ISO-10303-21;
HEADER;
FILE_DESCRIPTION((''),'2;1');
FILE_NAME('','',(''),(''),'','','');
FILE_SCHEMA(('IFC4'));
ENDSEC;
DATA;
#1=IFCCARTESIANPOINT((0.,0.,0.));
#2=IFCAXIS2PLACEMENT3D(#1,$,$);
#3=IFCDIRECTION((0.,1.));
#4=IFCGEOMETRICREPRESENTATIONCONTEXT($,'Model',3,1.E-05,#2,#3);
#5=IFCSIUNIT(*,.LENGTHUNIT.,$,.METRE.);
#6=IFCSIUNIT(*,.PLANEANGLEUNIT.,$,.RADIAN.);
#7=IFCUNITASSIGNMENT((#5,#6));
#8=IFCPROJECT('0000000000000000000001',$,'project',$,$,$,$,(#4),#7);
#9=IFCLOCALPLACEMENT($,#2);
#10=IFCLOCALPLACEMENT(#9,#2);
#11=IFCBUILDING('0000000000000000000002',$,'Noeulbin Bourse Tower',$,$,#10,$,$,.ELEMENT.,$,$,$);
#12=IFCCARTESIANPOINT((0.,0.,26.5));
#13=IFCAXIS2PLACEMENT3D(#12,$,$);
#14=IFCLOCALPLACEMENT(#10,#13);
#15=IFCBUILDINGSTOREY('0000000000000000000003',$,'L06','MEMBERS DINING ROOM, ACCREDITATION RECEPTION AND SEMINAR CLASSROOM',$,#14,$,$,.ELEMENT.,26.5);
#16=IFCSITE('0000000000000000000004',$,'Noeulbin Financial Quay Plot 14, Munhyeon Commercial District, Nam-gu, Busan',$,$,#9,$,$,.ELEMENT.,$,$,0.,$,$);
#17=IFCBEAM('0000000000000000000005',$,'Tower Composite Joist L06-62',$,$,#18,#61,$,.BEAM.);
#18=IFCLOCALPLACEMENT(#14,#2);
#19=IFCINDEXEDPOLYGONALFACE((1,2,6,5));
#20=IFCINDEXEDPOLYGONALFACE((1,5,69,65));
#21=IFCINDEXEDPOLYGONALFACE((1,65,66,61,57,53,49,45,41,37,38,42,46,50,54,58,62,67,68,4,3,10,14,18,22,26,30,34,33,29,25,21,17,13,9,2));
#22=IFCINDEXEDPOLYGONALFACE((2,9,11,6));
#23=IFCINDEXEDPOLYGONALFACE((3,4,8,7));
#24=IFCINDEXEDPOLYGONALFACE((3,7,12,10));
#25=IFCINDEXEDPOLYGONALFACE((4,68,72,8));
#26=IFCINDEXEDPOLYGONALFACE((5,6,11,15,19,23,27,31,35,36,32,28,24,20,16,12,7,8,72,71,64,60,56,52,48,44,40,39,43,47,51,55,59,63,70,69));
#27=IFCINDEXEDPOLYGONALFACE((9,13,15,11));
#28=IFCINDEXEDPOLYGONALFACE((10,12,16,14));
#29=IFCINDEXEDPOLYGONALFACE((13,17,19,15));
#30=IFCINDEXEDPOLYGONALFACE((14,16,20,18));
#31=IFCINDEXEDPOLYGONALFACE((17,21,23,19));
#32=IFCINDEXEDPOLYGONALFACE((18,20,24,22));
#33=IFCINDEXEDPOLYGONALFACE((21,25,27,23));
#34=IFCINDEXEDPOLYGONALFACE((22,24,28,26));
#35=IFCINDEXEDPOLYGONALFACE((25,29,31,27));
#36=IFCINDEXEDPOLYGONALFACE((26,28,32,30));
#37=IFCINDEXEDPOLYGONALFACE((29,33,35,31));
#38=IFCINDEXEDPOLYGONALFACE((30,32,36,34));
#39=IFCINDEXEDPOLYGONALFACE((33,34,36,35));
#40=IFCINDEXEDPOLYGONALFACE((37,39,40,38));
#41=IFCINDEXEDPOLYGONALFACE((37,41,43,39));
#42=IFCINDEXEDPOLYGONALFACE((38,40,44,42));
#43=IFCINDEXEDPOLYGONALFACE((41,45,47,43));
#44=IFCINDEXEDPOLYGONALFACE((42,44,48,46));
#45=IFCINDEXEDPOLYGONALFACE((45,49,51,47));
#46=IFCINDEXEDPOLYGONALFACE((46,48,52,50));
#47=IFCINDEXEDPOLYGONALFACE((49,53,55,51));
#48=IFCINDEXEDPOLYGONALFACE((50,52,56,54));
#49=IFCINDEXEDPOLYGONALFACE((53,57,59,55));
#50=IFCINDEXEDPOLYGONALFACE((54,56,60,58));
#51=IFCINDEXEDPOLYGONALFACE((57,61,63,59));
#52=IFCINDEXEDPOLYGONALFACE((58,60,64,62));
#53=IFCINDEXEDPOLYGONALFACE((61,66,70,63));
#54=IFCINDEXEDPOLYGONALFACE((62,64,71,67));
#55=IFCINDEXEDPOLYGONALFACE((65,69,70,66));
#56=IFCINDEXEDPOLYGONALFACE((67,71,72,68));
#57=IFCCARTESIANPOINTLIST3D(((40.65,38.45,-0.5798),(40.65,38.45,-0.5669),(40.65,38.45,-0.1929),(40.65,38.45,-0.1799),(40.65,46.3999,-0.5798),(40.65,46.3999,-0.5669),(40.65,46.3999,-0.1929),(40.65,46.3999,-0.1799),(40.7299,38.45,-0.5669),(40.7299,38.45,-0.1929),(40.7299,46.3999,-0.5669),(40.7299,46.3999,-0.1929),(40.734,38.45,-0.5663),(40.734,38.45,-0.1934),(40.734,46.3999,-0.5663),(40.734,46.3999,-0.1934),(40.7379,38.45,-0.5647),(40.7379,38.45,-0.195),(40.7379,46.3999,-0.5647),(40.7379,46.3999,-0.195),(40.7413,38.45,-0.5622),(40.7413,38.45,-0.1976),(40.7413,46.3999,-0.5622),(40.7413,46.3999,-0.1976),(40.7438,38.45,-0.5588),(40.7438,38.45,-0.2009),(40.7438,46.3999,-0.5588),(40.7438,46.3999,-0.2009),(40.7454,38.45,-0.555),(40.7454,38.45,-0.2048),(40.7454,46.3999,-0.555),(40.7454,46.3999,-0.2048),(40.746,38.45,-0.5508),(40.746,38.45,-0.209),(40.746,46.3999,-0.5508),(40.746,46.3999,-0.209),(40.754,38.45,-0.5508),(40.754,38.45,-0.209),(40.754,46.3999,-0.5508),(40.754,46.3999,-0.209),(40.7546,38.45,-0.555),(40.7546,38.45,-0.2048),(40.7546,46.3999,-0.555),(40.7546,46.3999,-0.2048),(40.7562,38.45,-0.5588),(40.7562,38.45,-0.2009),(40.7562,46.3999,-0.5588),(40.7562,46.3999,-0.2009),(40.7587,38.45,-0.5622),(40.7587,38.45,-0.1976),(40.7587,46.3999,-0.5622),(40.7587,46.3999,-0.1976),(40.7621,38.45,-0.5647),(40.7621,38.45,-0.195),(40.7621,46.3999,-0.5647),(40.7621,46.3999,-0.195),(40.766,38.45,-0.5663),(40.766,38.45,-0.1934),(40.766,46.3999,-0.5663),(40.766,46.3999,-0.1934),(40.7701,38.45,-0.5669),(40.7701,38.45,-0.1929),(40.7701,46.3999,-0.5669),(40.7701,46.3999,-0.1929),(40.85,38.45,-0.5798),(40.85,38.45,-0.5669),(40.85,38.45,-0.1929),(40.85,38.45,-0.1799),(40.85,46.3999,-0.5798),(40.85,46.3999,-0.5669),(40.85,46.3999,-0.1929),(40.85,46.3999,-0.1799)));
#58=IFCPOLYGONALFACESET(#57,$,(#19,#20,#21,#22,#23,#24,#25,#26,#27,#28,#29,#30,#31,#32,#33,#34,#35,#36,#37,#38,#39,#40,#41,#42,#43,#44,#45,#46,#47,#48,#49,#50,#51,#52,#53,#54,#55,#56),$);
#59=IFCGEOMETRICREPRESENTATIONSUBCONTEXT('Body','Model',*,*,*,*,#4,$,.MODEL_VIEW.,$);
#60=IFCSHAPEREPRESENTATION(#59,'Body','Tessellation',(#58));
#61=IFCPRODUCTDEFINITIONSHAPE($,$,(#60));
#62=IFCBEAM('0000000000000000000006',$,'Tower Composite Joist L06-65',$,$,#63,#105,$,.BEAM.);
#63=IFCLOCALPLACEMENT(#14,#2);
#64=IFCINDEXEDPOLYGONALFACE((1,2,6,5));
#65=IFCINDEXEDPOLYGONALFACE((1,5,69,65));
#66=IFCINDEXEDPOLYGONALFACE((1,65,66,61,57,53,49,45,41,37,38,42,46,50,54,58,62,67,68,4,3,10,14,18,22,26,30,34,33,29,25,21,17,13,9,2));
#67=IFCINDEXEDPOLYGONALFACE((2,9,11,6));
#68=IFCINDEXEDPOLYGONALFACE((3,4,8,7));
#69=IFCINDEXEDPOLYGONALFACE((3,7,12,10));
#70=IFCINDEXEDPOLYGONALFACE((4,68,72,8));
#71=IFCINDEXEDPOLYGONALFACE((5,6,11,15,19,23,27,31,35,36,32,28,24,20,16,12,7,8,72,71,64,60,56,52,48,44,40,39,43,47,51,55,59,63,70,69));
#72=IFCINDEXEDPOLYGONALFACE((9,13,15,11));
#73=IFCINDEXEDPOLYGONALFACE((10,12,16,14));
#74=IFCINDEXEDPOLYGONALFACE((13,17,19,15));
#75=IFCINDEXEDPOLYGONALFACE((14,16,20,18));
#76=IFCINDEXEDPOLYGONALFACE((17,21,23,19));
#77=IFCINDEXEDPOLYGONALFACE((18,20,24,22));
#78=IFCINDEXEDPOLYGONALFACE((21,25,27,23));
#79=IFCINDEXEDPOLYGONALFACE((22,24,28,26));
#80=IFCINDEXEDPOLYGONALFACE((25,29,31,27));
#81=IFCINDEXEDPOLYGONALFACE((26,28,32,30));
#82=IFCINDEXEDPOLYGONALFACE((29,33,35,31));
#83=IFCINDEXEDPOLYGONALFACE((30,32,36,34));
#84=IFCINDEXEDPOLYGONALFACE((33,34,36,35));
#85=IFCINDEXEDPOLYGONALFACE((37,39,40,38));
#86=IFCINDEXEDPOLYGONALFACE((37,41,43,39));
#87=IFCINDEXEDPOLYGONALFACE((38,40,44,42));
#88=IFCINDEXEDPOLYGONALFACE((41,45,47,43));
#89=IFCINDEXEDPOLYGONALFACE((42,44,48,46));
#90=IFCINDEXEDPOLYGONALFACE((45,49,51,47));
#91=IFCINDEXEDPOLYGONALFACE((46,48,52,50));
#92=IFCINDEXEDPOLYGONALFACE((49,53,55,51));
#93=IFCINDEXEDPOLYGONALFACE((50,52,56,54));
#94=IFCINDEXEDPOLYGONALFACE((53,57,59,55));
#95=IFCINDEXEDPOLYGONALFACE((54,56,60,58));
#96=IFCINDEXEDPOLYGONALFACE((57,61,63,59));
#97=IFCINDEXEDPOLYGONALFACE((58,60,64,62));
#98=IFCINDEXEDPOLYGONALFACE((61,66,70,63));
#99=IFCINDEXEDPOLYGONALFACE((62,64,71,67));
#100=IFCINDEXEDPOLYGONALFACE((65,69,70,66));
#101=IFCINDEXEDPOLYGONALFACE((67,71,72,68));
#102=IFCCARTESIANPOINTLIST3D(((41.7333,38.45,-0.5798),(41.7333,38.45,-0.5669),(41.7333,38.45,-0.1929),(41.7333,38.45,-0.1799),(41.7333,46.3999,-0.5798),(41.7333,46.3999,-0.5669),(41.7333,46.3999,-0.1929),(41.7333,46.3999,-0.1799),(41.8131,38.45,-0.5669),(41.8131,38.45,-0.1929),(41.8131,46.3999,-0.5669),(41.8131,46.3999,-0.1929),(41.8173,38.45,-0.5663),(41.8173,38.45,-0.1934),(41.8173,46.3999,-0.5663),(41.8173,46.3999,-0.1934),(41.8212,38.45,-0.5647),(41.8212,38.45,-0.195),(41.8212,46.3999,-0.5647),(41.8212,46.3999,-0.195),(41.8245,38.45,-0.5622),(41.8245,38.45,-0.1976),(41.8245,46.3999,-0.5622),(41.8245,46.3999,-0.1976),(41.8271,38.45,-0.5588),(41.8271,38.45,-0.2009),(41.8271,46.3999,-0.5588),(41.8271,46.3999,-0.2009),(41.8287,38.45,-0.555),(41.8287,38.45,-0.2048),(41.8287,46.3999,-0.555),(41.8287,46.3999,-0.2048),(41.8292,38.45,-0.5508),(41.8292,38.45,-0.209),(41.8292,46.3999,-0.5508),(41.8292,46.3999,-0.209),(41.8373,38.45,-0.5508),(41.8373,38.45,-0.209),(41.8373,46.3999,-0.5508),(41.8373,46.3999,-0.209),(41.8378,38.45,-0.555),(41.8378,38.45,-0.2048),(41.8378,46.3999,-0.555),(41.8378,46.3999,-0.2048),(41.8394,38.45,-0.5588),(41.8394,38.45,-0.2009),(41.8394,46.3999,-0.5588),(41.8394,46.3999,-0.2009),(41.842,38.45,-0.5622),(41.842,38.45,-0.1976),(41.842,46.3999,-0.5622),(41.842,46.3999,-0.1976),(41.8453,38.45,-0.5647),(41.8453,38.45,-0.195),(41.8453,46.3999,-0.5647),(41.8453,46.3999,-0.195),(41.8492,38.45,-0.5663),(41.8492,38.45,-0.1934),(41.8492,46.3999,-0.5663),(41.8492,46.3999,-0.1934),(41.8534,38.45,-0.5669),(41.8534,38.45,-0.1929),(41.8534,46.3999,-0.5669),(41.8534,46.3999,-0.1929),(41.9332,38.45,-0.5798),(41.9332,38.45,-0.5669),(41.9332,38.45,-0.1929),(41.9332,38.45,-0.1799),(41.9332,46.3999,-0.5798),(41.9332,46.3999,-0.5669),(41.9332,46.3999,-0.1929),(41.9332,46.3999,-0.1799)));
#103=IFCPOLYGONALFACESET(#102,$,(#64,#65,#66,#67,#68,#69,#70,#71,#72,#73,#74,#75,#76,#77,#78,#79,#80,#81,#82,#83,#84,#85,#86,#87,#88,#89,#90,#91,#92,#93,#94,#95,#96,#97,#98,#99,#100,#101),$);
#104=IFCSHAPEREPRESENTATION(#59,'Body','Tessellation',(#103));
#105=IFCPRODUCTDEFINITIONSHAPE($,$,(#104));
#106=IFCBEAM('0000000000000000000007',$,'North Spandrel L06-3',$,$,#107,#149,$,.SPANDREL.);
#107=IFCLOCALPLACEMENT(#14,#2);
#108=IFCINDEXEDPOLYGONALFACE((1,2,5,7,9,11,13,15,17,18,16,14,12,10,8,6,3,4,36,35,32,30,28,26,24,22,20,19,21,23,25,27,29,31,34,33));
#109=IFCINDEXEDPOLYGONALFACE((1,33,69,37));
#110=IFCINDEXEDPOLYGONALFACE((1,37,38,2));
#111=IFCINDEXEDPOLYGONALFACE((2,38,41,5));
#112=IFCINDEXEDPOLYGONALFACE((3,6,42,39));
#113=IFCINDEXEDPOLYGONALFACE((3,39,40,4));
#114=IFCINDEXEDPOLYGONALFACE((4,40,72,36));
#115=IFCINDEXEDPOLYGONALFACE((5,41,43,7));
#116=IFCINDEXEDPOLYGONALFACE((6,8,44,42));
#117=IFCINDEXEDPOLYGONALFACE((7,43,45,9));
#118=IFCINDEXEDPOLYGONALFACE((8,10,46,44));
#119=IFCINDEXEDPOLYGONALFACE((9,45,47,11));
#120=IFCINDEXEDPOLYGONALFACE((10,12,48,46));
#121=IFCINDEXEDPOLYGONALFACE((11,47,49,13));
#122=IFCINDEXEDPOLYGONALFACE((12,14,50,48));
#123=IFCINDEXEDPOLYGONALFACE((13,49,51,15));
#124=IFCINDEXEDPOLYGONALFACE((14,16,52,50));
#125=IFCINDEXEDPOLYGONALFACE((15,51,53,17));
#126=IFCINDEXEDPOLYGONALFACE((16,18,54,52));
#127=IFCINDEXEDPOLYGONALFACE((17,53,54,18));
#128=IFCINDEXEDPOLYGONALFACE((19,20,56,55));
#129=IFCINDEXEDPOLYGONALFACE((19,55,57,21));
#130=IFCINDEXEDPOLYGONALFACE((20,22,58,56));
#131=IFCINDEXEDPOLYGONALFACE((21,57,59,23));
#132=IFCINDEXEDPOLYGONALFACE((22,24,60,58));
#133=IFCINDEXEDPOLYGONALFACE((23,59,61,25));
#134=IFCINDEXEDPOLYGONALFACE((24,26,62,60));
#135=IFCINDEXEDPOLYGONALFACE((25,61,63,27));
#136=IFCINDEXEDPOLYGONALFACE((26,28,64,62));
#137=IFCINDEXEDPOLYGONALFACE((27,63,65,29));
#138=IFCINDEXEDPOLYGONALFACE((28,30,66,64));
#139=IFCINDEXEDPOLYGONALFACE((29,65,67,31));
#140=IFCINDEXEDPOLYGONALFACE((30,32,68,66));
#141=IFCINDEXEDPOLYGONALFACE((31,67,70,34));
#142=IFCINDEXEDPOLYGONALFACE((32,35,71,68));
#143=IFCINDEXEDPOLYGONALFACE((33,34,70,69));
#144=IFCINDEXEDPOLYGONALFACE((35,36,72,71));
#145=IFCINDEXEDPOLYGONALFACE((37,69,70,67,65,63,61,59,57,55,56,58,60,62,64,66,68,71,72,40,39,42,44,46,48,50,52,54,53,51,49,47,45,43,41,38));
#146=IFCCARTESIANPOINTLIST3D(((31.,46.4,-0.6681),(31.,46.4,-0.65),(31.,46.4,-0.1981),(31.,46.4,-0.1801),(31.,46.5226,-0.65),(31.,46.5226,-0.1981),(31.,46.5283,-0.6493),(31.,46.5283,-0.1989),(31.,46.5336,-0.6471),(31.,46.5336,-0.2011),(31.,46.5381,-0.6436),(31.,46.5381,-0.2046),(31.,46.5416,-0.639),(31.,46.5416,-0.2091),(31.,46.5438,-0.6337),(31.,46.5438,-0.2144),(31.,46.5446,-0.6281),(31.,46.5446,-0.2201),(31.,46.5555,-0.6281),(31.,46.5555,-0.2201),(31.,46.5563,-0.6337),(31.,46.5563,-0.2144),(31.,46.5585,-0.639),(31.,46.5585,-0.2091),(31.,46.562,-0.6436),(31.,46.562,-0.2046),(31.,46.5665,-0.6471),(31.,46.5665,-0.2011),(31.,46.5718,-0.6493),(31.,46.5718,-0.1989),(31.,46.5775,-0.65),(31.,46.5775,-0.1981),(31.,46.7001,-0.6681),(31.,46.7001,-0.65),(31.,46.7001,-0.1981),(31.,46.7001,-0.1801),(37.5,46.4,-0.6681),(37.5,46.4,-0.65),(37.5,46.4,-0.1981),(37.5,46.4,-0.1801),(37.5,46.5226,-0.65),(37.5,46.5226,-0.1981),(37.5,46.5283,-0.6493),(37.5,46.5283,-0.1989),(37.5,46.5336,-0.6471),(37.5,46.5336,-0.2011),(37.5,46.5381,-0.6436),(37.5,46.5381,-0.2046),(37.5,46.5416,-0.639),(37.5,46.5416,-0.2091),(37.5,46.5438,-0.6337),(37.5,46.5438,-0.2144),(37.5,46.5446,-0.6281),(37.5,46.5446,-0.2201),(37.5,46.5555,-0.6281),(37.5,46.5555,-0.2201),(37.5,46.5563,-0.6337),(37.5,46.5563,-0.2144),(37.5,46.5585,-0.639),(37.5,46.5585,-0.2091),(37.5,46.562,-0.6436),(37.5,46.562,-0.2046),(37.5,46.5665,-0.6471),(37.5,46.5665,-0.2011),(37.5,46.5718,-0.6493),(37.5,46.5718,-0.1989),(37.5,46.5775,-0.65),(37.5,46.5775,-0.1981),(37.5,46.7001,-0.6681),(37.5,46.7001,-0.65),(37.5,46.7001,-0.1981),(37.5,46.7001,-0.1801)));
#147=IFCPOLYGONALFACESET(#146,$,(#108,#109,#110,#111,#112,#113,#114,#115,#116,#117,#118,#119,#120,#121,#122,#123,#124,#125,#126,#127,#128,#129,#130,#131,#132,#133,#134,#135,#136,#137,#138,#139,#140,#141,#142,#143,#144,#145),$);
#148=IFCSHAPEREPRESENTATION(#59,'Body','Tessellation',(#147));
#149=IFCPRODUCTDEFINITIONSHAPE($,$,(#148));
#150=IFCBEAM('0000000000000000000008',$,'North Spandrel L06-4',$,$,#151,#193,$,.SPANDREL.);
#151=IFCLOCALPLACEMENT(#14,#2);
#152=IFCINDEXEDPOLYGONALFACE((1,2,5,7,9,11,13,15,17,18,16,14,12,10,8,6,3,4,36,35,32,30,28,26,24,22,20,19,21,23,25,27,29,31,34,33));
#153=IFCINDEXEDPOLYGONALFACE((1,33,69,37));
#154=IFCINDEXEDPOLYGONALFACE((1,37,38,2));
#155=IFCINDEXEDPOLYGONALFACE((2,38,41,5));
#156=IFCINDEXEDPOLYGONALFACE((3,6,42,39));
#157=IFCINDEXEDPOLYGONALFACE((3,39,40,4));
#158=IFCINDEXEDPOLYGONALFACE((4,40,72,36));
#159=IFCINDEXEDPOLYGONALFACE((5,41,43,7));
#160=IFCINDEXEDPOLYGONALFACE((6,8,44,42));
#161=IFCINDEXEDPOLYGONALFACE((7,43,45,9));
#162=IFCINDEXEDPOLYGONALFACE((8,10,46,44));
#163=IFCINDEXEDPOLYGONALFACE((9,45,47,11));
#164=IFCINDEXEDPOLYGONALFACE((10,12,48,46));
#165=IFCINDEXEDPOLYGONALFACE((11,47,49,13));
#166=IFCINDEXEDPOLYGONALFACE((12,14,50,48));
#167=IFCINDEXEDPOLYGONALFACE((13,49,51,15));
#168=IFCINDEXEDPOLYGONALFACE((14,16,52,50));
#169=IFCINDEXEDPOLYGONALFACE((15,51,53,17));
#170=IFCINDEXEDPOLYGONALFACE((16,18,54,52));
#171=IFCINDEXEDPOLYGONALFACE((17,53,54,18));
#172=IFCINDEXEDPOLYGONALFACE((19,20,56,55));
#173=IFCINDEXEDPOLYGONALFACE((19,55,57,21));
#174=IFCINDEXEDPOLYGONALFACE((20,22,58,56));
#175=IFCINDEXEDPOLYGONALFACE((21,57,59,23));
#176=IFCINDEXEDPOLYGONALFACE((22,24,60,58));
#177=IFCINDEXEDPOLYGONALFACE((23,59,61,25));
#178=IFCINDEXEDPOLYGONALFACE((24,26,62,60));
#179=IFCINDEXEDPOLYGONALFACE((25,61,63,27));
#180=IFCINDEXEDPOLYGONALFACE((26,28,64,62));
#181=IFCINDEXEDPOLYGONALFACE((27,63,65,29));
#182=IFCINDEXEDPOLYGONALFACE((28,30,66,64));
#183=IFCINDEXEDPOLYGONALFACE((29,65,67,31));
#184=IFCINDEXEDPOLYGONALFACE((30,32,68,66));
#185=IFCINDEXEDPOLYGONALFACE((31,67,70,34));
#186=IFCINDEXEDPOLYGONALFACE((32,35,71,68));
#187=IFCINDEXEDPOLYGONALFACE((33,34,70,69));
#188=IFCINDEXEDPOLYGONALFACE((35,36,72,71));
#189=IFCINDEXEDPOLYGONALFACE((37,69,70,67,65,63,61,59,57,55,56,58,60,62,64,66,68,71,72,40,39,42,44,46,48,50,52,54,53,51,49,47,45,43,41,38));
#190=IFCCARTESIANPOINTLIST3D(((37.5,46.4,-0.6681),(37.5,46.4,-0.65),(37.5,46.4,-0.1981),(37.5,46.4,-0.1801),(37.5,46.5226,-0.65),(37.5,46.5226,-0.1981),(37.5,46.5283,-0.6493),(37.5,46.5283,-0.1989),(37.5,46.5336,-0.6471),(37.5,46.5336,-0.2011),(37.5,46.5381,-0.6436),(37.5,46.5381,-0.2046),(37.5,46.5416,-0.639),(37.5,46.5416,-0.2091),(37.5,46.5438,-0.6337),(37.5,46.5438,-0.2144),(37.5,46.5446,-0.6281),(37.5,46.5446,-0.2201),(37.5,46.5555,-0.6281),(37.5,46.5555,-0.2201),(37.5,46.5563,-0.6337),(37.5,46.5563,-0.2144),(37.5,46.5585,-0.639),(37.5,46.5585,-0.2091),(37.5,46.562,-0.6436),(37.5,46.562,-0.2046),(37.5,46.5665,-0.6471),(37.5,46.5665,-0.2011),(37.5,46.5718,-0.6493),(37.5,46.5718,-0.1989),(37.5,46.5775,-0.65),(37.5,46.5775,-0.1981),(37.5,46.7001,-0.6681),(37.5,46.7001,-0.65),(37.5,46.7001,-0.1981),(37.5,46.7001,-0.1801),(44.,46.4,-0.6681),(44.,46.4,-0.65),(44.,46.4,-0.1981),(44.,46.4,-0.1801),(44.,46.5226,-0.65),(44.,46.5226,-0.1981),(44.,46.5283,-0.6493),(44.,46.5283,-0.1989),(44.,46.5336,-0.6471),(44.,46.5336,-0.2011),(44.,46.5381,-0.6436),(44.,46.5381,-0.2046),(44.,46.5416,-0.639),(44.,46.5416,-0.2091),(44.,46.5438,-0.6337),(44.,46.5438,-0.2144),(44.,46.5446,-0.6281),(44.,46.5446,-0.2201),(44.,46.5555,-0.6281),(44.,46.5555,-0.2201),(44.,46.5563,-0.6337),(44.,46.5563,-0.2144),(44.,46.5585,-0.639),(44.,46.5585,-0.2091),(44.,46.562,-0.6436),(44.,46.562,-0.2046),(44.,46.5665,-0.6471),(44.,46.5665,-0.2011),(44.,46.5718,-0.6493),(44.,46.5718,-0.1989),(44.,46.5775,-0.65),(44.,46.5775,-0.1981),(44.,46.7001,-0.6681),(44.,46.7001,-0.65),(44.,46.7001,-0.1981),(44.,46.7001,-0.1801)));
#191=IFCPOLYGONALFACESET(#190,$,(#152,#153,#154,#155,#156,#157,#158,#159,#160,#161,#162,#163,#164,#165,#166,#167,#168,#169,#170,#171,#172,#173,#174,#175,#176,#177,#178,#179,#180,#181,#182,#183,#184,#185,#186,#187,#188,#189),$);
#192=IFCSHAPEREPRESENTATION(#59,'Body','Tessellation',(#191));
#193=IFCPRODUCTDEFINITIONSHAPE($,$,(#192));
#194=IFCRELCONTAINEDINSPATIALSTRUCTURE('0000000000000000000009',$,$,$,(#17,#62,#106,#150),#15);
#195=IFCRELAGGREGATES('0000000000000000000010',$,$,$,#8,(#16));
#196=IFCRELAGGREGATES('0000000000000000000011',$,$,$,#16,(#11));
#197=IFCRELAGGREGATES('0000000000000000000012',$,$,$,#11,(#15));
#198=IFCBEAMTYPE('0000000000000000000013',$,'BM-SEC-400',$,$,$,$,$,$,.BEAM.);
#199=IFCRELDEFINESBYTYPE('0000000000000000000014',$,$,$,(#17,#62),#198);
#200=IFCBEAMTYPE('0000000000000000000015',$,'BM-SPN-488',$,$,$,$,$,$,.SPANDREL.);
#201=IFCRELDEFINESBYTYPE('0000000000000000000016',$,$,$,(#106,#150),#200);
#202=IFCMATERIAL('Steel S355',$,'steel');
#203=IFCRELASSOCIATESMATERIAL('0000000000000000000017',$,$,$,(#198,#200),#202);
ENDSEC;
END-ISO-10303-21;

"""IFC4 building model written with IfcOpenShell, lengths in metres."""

from ifc_helpers import new_model, si_unit, direction, frame, origin, origin_2d, place, context, subcontext, project, spatial, i_section, extrude, material, material_profile, profile_set, type_object, element, save


model = new_model("IFC4")

# Units and contexts
model_context = context("Model", 3, precision=1e-05, world=origin(), true_north=direction((0.0, 1.0)))
body_context = subcontext(model_context, "Body", "Model", "MODEL_VIEW")
ifc_project = project(units=[si_unit("LENGTHUNIT", "METRE"), si_unit("PLANEANGLEUNIT", "RADIAN")], contexts=[model_context])

# Site, building, storey
site_placement = place(None, origin())
site = spatial("IfcSite", under=ifc_project, at=site_placement, Name="Noeulbin Financial Quay Plot 14, Munhyeon Commercial District, Nam-gu, Busan", CompositionType="ELEMENT", RefElevation=0.0)
building_placement = place(site_placement, origin())
building = spatial("IfcBuilding", under=site, at=building_placement, Name="Noeulbin Bourse Tower", CompositionType="ELEMENT")
storey_placement = place(building_placement, frame((0.0, 0.0, 26.5)))
storey = spatial("IfcBuildingStorey", under=building, at=storey_placement, Name="L06", Description="MEMBERS DINING ROOM, ACCREDITATION RECEPTION AND SEMINAR CLASSROOM", CompositionType="ELEMENT", Elevation=26.5)

# Beams
ifc_material_1 = material(Name="Steel S355", Category="steel")
ifc_material_profile_1 = material_profile(ifc_material_1, i_section(OverallWidth=0.2, OverallDepth=0.3999, WebThickness=0.0081, FlangeThickness=0.0129, FilletRadius=0.0161, at=origin_2d()), Name="H-400x200x8x13", Category="LoadBearing")
ifc_profile_set_1 = profile_set([ifc_material_profile_1], Name="Steel S355")
beam_type_1 = type_object("IfcBeamType", Name="BM-SEC-400", PredefinedType="BEAM", material=ifc_profile_set_1)
for number, where, z_axis, x_axis, name in (
    (1, (40.75, 38.45, -0.3799), (0.0, 1.0, 0.0), (-1.0, 0.0, 0.0), "Tower Composite Joist L06-62"),
    (2, (41.8333, 38.45, -0.3799), (0.0, 1.0, 0.0), (-1.0, 0.0, 0.0), "Tower Composite Joist L06-65"),
):
    element("IfcBeam", number, at=place(storey_placement, frame(where, z_axis=z_axis, x_axis=x_axis)), inside=storey, type_object=beam_type_1, Name=name, PredefinedType="BEAM", context=body_context, shape_type="SweptSolid", body=[
        extrude(i_section(OverallWidth=0.2, OverallDepth=0.3999, WebThickness=0.0081, FlangeThickness=0.0129, FilletRadius=0.0161, at=origin_2d()), origin(), (0.0, 0.0, 1.0), 7.95),
    ])
ifc_material_profile_2 = material_profile(ifc_material_1, i_section(OverallWidth=0.3, OverallDepth=0.488, WebThickness=0.011, FlangeThickness=0.0181, FilletRadius=0.022, at=origin_2d()), Name="H-488x300x11x18", Category="LoadBearing")
ifc_profile_set_2 = profile_set([ifc_material_profile_2], Name="Steel S355")
beam_type_2 = type_object("IfcBeamType", Name="BM-SPN-488", PredefinedType="SPANDREL", material=ifc_profile_set_2)
for number, where, z_axis, x_axis, name in (
    (3, (31.0, 46.55, -0.4241), (1.0, 0.0, 0.0), (0.0, 1.0, 0.0), "North Spandrel L06-3"),
    (4, (37.5, 46.55, -0.4241), (1.0, 0.0, 0.0), (0.0, 1.0, 0.0), "North Spandrel L06-4"),
):
    element("IfcBeam", number, at=place(storey_placement, frame(where, z_axis=z_axis, x_axis=x_axis)), inside=storey, type_object=beam_type_2, Name=name, PredefinedType="SPANDREL", context=body_context, shape_type="SweptSolid", body=[
        extrude(i_section(OverallWidth=0.3, OverallDepth=0.488, WebThickness=0.011, FlangeThickness=0.0181, FilletRadius=0.022, at=origin_2d()), origin(), (0.0, 0.0, 1.0), 6.5),
    ])

save(model, "model.ifc")
